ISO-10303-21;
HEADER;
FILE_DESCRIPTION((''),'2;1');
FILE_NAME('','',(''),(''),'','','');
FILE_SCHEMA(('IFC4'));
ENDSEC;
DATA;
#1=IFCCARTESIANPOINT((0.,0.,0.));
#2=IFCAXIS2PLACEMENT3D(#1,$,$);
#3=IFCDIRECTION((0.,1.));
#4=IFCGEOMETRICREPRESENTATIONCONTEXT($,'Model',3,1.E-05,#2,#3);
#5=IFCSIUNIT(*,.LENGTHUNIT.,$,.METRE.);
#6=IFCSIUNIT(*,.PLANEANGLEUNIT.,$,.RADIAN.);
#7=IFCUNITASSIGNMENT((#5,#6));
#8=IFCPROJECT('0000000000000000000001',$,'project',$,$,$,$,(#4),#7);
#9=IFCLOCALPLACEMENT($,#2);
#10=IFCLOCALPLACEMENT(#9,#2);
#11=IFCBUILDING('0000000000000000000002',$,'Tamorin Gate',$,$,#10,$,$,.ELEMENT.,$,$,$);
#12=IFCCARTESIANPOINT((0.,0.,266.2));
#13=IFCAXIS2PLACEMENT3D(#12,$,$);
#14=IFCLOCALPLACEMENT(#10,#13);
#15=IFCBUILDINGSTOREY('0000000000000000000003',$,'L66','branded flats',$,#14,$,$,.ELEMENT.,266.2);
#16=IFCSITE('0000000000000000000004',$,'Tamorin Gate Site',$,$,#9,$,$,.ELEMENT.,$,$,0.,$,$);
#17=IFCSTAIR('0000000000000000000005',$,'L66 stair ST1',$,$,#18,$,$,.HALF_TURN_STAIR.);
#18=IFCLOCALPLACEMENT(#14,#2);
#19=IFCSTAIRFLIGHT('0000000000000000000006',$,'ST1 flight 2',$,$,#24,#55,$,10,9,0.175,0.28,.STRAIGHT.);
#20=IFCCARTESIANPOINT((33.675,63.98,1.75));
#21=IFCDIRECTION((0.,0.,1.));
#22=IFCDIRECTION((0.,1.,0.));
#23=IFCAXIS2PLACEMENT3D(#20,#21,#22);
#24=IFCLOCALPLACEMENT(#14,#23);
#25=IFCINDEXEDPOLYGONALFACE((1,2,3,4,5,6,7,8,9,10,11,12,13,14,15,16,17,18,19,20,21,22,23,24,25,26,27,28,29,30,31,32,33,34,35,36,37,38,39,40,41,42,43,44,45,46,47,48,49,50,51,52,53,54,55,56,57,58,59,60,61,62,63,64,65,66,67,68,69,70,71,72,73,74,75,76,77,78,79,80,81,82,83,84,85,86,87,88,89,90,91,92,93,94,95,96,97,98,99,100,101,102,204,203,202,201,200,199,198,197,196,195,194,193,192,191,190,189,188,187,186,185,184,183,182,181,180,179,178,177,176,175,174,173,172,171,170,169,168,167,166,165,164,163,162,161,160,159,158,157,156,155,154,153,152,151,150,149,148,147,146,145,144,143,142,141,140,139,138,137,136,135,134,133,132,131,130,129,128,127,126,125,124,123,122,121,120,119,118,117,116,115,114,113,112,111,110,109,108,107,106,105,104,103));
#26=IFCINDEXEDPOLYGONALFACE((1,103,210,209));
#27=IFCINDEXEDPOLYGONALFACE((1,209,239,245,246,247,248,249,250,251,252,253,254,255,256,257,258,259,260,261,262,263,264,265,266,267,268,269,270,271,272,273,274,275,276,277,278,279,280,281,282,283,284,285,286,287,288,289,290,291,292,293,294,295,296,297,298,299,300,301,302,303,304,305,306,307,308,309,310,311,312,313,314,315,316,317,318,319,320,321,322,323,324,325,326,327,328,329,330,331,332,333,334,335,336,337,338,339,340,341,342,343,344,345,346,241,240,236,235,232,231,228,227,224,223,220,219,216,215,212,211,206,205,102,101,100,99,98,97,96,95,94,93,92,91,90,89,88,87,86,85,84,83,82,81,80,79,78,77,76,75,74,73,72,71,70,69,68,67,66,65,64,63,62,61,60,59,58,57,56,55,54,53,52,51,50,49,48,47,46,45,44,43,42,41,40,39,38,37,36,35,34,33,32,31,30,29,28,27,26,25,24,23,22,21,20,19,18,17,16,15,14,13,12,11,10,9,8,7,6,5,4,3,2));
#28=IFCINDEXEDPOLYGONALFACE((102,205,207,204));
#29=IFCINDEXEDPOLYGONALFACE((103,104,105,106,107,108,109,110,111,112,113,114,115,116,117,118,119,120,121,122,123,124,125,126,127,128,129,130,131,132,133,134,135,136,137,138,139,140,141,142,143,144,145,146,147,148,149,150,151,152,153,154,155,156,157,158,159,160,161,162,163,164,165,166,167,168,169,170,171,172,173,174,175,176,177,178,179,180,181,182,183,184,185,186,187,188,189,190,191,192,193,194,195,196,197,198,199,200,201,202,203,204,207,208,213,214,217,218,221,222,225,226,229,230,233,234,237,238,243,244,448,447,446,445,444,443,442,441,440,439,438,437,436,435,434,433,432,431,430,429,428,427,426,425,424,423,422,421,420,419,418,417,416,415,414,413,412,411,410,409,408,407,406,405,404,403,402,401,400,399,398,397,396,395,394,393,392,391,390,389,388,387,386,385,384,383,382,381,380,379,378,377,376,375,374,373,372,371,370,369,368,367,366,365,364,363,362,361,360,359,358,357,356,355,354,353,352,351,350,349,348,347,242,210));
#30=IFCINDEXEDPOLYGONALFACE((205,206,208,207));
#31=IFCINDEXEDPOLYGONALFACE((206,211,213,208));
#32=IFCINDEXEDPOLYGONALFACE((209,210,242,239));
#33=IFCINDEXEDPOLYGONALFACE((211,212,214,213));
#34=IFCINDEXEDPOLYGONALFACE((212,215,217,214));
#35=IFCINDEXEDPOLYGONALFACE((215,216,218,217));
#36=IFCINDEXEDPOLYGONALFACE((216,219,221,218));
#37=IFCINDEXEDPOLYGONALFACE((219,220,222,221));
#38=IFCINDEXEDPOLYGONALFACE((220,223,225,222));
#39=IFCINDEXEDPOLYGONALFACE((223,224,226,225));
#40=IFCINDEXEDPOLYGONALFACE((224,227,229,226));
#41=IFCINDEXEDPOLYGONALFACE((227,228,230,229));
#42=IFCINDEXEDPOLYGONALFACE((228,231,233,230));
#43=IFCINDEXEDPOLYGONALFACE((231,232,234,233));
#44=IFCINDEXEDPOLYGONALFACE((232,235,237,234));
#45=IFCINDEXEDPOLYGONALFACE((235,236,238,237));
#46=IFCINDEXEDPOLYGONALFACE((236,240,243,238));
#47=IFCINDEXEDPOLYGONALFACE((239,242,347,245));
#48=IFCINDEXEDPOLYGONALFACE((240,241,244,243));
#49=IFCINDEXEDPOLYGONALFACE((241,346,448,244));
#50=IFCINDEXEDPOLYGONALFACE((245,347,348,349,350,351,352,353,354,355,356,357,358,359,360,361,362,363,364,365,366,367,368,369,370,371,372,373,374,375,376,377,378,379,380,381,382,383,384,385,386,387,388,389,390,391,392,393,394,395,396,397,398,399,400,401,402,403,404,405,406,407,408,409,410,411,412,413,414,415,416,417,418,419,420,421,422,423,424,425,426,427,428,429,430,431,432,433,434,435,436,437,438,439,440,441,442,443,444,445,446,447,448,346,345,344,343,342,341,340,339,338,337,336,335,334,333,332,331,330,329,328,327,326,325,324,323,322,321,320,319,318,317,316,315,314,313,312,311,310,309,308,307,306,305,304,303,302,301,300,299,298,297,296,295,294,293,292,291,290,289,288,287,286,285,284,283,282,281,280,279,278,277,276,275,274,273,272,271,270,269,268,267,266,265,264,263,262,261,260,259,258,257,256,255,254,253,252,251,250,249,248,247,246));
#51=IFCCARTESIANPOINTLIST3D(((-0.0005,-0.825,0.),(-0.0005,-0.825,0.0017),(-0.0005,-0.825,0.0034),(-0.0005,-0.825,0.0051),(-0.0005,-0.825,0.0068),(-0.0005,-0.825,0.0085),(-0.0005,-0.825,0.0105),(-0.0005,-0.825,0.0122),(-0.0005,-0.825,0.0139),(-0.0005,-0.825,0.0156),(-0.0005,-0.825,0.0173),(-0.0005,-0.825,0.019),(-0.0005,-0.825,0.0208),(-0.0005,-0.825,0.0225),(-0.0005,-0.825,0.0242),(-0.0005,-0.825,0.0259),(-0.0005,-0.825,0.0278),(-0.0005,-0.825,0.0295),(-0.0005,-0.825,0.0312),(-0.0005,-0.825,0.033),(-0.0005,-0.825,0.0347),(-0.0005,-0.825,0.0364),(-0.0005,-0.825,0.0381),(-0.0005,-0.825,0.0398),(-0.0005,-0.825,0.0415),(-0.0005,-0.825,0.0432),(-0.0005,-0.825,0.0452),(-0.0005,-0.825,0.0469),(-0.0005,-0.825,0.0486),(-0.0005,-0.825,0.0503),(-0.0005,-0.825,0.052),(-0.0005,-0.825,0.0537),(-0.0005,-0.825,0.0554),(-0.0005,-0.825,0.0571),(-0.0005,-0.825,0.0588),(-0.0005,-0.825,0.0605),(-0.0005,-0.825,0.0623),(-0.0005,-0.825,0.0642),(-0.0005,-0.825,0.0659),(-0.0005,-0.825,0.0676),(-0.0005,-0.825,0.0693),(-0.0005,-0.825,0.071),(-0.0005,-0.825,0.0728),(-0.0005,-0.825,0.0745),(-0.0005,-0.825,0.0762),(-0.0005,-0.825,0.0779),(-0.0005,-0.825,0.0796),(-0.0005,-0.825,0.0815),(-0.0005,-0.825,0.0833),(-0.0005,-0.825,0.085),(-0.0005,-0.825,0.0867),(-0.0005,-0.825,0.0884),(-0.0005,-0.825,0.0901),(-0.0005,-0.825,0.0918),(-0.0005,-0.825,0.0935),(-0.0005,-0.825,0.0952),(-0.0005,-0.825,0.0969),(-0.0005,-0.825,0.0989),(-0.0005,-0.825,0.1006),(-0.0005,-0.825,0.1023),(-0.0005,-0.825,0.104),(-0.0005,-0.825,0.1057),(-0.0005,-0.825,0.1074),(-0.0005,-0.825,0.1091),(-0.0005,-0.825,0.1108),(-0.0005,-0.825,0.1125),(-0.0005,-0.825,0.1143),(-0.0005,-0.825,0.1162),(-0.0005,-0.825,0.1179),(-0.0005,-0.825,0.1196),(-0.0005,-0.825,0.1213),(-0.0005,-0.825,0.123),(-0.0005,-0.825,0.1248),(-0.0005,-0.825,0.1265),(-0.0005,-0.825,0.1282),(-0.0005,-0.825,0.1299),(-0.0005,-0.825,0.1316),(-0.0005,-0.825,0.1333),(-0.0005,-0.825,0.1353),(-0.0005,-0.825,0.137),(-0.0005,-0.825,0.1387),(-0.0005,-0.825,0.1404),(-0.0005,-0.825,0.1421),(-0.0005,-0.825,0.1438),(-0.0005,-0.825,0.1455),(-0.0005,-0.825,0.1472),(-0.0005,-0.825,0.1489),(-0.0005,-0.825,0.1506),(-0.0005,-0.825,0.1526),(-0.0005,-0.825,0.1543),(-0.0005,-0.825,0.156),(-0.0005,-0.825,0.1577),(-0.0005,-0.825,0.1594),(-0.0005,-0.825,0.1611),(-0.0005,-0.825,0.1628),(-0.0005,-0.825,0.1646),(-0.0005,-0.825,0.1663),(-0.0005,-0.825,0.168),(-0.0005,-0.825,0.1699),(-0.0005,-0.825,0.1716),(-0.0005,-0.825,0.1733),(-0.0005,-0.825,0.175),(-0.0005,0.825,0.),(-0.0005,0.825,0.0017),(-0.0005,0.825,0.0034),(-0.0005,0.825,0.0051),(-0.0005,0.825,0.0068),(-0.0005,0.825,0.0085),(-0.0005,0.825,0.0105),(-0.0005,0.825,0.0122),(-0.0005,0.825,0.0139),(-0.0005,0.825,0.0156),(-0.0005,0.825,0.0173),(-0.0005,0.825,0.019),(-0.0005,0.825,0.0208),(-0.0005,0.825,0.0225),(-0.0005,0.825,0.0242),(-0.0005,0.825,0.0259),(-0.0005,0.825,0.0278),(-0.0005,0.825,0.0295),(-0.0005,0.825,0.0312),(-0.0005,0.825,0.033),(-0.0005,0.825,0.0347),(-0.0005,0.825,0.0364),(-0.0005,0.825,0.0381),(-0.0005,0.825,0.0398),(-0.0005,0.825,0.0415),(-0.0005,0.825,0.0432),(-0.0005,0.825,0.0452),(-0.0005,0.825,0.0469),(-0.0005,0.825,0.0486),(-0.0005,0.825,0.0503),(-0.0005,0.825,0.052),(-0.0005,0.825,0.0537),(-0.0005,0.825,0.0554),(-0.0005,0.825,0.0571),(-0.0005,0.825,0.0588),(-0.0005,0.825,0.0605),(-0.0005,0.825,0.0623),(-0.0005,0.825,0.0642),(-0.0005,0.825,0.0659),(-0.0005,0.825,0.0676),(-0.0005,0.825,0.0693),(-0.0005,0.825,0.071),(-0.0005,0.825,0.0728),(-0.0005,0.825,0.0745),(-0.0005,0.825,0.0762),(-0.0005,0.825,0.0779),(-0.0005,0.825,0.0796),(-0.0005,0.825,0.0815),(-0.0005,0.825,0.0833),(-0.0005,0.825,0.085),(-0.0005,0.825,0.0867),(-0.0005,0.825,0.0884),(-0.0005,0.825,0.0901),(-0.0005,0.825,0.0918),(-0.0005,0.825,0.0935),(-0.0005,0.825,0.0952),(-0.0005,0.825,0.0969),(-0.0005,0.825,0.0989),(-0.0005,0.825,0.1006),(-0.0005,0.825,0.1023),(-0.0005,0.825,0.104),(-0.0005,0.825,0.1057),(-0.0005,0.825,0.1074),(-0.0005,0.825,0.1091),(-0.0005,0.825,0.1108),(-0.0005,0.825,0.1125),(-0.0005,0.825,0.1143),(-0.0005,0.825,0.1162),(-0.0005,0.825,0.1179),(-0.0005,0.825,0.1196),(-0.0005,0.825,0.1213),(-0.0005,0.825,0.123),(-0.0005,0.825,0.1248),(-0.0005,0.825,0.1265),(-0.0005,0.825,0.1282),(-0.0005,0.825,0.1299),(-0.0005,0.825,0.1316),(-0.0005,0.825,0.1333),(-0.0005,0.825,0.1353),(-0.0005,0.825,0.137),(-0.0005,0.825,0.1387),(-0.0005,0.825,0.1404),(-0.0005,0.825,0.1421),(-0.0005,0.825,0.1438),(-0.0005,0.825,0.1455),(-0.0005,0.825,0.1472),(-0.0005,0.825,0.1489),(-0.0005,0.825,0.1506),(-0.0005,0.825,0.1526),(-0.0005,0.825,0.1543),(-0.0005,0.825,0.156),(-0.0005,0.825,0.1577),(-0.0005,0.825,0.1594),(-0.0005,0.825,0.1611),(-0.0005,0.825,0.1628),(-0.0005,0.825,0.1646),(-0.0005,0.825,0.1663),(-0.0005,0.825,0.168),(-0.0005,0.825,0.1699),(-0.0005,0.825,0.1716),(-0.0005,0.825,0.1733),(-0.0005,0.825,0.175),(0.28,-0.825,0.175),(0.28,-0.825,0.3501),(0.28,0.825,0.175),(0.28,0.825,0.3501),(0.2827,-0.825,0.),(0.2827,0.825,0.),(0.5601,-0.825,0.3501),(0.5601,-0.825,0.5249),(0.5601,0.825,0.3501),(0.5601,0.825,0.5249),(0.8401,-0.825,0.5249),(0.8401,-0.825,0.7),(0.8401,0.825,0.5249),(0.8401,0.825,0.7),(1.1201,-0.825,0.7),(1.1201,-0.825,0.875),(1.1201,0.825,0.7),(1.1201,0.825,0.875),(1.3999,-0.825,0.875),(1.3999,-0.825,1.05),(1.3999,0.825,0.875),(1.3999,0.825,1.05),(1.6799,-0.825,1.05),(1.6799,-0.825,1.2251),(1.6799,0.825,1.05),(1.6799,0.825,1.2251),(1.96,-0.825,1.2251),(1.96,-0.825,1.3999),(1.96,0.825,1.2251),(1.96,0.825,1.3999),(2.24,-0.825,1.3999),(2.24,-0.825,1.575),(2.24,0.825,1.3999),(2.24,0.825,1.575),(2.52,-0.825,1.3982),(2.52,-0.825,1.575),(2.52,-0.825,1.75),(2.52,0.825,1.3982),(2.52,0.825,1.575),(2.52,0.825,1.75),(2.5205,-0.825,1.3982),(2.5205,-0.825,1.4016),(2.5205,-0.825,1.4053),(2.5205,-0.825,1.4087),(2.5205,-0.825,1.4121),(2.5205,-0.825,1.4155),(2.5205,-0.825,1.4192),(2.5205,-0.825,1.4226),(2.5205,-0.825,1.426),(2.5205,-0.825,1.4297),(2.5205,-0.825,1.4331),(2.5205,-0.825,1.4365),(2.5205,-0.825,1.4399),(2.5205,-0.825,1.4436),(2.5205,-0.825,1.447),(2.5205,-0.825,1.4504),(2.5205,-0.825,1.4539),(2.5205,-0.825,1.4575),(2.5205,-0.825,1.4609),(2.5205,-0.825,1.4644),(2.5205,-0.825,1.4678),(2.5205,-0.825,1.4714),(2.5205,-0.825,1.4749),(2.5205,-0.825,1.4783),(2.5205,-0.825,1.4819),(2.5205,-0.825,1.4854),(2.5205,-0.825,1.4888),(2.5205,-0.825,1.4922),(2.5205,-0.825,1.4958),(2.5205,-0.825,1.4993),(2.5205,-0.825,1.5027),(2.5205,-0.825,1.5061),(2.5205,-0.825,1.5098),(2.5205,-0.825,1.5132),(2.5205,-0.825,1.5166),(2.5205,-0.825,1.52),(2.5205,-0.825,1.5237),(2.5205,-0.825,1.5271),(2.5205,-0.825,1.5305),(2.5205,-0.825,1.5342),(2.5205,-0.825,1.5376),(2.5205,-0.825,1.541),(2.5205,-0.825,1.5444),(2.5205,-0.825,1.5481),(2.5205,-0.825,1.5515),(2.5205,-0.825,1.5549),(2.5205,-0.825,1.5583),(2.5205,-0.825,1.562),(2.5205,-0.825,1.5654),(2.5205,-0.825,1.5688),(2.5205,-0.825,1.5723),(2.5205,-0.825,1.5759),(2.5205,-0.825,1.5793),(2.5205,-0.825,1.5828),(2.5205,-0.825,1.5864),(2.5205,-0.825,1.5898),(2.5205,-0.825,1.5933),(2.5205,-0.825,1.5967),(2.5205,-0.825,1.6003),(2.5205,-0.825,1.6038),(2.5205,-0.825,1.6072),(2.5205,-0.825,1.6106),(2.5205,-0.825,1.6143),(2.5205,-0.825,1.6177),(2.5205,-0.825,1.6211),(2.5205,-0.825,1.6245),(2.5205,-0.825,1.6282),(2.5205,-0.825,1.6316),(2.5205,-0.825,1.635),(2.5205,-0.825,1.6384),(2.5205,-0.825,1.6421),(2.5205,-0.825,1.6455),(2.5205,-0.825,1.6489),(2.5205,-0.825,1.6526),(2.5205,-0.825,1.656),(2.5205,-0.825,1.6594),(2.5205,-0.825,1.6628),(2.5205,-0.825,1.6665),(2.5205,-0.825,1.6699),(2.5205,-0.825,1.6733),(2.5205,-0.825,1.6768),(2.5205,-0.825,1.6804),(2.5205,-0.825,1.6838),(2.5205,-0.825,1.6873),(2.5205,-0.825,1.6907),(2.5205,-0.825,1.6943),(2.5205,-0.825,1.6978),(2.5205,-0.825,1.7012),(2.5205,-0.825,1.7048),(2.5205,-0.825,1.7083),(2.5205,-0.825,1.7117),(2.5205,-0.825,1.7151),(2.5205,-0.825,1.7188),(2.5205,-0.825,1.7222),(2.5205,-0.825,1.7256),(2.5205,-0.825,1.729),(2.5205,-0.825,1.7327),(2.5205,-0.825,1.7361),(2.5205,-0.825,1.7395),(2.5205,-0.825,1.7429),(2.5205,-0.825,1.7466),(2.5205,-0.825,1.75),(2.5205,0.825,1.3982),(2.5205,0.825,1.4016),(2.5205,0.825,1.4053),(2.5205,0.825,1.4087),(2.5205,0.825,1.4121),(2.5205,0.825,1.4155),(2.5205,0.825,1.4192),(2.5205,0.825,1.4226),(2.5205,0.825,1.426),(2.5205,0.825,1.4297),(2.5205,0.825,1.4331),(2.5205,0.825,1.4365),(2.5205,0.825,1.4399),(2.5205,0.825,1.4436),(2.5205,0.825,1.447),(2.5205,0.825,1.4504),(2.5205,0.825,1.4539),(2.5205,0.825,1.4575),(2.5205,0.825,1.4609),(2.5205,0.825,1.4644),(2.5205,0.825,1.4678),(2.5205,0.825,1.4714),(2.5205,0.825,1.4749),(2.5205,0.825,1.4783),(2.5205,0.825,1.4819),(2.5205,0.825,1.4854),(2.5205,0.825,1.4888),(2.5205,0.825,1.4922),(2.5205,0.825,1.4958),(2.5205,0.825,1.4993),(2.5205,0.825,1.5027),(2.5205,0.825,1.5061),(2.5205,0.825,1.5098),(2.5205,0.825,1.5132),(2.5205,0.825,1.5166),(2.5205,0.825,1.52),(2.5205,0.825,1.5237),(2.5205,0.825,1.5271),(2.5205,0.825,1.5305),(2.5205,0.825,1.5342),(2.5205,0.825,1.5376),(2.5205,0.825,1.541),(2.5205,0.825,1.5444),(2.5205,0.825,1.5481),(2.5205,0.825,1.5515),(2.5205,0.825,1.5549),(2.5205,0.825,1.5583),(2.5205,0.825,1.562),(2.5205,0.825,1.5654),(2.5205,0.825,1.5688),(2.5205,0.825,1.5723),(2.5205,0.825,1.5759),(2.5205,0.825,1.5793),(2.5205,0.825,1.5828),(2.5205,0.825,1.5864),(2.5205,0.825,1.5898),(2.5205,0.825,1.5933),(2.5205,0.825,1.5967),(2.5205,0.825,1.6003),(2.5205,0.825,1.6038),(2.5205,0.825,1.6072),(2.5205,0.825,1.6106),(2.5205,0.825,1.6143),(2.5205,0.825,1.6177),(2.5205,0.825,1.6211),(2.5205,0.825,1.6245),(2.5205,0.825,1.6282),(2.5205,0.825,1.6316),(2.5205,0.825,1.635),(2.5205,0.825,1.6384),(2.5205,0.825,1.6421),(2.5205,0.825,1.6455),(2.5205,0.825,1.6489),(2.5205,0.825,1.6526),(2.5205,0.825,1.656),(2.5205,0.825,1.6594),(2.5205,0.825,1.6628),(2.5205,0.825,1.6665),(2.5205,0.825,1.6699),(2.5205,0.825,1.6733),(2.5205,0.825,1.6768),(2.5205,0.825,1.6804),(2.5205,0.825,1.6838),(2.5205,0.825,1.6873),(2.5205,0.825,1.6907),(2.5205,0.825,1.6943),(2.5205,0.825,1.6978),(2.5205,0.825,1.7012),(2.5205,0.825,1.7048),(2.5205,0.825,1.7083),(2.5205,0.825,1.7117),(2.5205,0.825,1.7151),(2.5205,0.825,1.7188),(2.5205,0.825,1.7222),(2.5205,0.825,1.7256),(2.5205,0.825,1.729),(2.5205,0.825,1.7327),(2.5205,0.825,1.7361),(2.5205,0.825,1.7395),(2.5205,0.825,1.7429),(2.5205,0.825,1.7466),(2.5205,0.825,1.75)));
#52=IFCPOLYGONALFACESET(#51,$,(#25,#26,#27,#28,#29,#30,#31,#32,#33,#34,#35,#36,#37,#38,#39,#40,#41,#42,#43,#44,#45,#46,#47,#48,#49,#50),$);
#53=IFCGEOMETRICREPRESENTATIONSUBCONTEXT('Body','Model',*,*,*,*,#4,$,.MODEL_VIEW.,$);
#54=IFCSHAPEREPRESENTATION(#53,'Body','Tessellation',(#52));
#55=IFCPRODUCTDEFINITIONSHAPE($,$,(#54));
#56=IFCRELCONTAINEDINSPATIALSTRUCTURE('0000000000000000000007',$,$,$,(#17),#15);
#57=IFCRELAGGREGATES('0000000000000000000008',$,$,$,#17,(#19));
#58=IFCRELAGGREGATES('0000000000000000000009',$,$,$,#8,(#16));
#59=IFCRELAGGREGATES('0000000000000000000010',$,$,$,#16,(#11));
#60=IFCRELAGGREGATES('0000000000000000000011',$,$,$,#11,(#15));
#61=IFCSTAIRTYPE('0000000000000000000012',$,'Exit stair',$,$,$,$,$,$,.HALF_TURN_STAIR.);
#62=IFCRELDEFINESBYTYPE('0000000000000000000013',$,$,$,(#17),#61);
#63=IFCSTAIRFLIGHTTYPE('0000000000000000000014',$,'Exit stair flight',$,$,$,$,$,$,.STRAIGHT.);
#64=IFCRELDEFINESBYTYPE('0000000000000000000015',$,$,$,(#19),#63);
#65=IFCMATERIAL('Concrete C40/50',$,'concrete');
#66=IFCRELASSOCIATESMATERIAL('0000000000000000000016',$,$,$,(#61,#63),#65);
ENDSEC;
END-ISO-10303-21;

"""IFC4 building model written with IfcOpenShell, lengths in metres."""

from ifc_helpers import new_model, si_unit, direction, frame, origin, place, context, subcontext, project, spatial, polyline, outline, extrude, material, type_object, element, aggregate, save


model = new_model("IFC4")

# Units and contexts
model_context = context("Model", 3, precision=1e-05, world=origin(), true_north=direction((0.0, 1.0)))
body_context = subcontext(model_context, "Body", "Model", "MODEL_VIEW")
ifc_project = project(units=[si_unit("LENGTHUNIT", "METRE"), si_unit("PLANEANGLEUNIT", "RADIAN")], contexts=[model_context])

# Site, building, storey
site_placement = place(None, origin())
site = spatial("IfcSite", under=ifc_project, at=site_placement, Name="Tamorin Gate Site", CompositionType="ELEMENT", RefElevation=0.0)
building_placement = place(site_placement, origin())
building = spatial("IfcBuilding", under=site, at=building_placement, Name="Tamorin Gate", CompositionType="ELEMENT")
storey_placement = place(building_placement, frame((0.0, 0.0, 266.2)))
storey = spatial("IfcBuildingStorey", under=building, at=storey_placement, Name="L66", Description="branded flats", CompositionType="ELEMENT", Elevation=266.2)

# Shared definitions
ifc_material_1 = material(Name="Concrete C40/50", Category="concrete")

# Stair, stair flight
stair_type = type_object("IfcStairType", Name="Exit stair", PredefinedType="HALF_TURN_STAIR", material=ifc_material_1)
stair_1_placement = place(storey_placement, origin())
stair_1 = element("IfcStair", 1, at=stair_1_placement, inside=storey, type_object=stair_type, Name="L66 stair ST1", PredefinedType="HALF_TURN_STAIR")
stair_flight_type = type_object("IfcStairFlightType", Name="Exit stair flight", PredefinedType="STRAIGHT", material=ifc_material_1)
stair_flight_1_placement = place(storey_placement, frame((33.675, 63.98, 1.75), z_axis=(0.0, 0.0, 1.0), x_axis=(0.0, 1.0, 0.0)))
stair_flight_1 = element("IfcStairFlight", 2, at=stair_flight_1_placement, type_object=stair_flight_type, Name="ST1 flight 2", NumberOfRisers=10, NumberOfTreads=9, PredefinedType="STRAIGHT", RiserHeight=0.175, TreadLength=0.28, context=body_context, shape_type="SweptSolid", body=[
    extrude(outline(polyline([(-0.0005, 0.0), (-0.0005, 0.0017), (-0.0005, 0.0034), (-0.0005, 0.0051), (-0.0005, 0.0068), (-0.0005, 0.0085), (-0.0005, 0.0105), (-0.0005, 0.0122), (-0.0005, 0.0139), (-0.0005, 0.0156), (-0.0005, 0.0173), (-0.0005, 0.019), (-0.0005, 0.0208), (-0.0005, 0.0225), (-0.0005, 0.0242), (-0.0005, 0.0259), (-0.0005, 0.0278), (-0.0005, 0.0295), (-0.0005, 0.0312), (-0.0005, 0.033), (-0.0005, 0.0347), (-0.0005, 0.0364), (-0.0005, 0.0381), (-0.0005, 0.0398), (-0.0005, 0.0415), (-0.0005, 0.0432), (-0.0005, 0.0452), (-0.0005, 0.0469), (-0.0005, 0.0486), (-0.0005, 0.0503), (-0.0005, 0.052), (-0.0005, 0.0537), (-0.0005, 0.0554), (-0.0005, 0.0571), (-0.0005, 0.0588), (-0.0005, 0.0605), (-0.0005, 0.0623), (-0.0005, 0.0642), (-0.0005, 0.0659), (-0.0005, 0.0676), (-0.0005, 0.0693), (-0.0005, 0.071), (-0.0005, 0.0728), (-0.0005, 0.0745), (-0.0005, 0.0762), (-0.0005, 0.0779), (-0.0005, 0.0796), (-0.0005, 0.0815), (-0.0005, 0.0833), (-0.0005, 0.085), (-0.0005, 0.0867), (-0.0005, 0.0884), (-0.0005, 0.0901), (-0.0005, 0.0918), (-0.0005, 0.0935), (-0.0005, 0.0952), (-0.0005, 0.0969), (-0.0005, 0.0989), (-0.0005, 0.1006), (-0.0005, 0.1023), (-0.0005, 0.104), (-0.0005, 0.1057), (-0.0005, 0.1074), (-0.0005, 0.1091), (-0.0005, 0.1108), (-0.0005, 0.1125), (-0.0005, 0.1143), (-0.0005, 0.1162), (-0.0005, 0.1179), (-0.0005, 0.1196), (-0.0005, 0.1213), (-0.0005, 0.123), (-0.0005, 0.1248), (-0.0005, 0.1265), (-0.0005, 0.1282), (-0.0005, 0.1299), (-0.0005, 0.1316), (-0.0005, 0.1333), (-0.0005, 0.1353), (-0.0005, 0.137), (-0.0005, 0.1387), (-0.0005, 0.1404), (-0.0005, 0.1421), (-0.0005, 0.1438), (-0.0005, 0.1455), (-0.0005, 0.1472), (-0.0005, 0.1489), (-0.0005, 0.1506), (-0.0005, 0.1526), (-0.0005, 0.1543), (-0.0005, 0.156), (-0.0005, 0.1577), (-0.0005, 0.1594), (-0.0005, 0.1611), (-0.0005, 0.1628), (-0.0005, 0.1646), (-0.0005, 0.1663), (-0.0005, 0.168), (-0.0005, 0.1699), (-0.0005, 0.1716), (-0.0005, 0.1733), (-0.0005, 0.175), (0.28, 0.175), (0.28, 0.3501), (0.5601, 0.3501), (0.5601, 0.5249), (0.8401, 0.5249), (0.8401, 0.7), (1.1201, 0.7), (1.1201, 0.875), (1.3999, 0.875), (1.3999, 1.05), (1.6799, 1.05), (1.6799, 1.2251), (1.96, 1.2251), (1.96, 1.3999), (2.24, 1.3999), (2.24, 1.575), (2.52, 1.575), (2.52, 1.75), (2.5205, 1.75), (2.5205, 1.7466), (2.5205, 1.7429), (2.5205, 1.7395), (2.5205, 1.7361), (2.5205, 1.7327), (2.5205, 1.729), (2.5205, 1.7256), (2.5205, 1.7222), (2.5205, 1.7188), (2.5205, 1.7151), (2.5205, 1.7117), (2.5205, 1.7083), (2.5205, 1.7048), (2.5205, 1.7012), (2.5205, 1.6978), (2.5205, 1.6943), (2.5205, 1.6907), (2.5205, 1.6873), (2.5205, 1.6838), (2.5205, 1.6804), (2.5205, 1.6768), (2.5205, 1.6733), (2.5205, 1.6699), (2.5205, 1.6665), (2.5205, 1.6628), (2.5205, 1.6594), (2.5205, 1.656), (2.5205, 1.6526), (2.5205, 1.6489), (2.5205, 1.6455), (2.5205, 1.6421), (2.5205, 1.6384), (2.5205, 1.635), (2.5205, 1.6316), (2.5205, 1.6282), (2.5205, 1.6245), (2.5205, 1.6211), (2.5205, 1.6177), (2.5205, 1.6143), (2.5205, 1.6106), (2.5205, 1.6072), (2.5205, 1.6038), (2.5205, 1.6003), (2.5205, 1.5967), (2.5205, 1.5933), (2.5205, 1.5898), (2.5205, 1.5864), (2.5205, 1.5828), (2.5205, 1.5793), (2.5205, 1.5759), (2.5205, 1.5723), (2.5205, 1.5688), (2.5205, 1.5654), (2.5205, 1.562), (2.5205, 1.5583), (2.5205, 1.5549), (2.5205, 1.5515), (2.5205, 1.5481), (2.5205, 1.5444), (2.5205, 1.541), (2.5205, 1.5376), (2.5205, 1.5342), (2.5205, 1.5305), (2.5205, 1.5271), (2.5205, 1.5237), (2.5205, 1.52), (2.5205, 1.5166), (2.5205, 1.5132), (2.5205, 1.5098), (2.5205, 1.5061), (2.5205, 1.5027), (2.5205, 1.4993), (2.5205, 1.4958), (2.5205, 1.4922), (2.5205, 1.4888), (2.5205, 1.4854), (2.5205, 1.4819), (2.5205, 1.4783), (2.5205, 1.4749), (2.5205, 1.4714), (2.5205, 1.4678), (2.5205, 1.4644), (2.5205, 1.4609), (2.5205, 1.4575), (2.5205, 1.4539), (2.5205, 1.4504), (2.5205, 1.447), (2.5205, 1.4436), (2.5205, 1.4399), (2.5205, 1.4365), (2.5205, 1.4331), (2.5205, 1.4297), (2.5205, 1.426), (2.5205, 1.4226), (2.5205, 1.4192), (2.5205, 1.4155), (2.5205, 1.4121), (2.5205, 1.4087), (2.5205, 1.4053), (2.5205, 1.4016), (2.5205, 1.3982), (2.52, 1.3982), (0.2827, 0.0), (-0.0005, 0.0)])), frame((0.0, 0.825, 0.0), z_axis=(0.0, -1.0, 0.0), x_axis=(1.0, 0.0, 0.0)), (0.0, 0.0, 1.0), 1.6499),
])
aggregate(stair_1, [stair_flight_1])

save(model, "model.ifc")
